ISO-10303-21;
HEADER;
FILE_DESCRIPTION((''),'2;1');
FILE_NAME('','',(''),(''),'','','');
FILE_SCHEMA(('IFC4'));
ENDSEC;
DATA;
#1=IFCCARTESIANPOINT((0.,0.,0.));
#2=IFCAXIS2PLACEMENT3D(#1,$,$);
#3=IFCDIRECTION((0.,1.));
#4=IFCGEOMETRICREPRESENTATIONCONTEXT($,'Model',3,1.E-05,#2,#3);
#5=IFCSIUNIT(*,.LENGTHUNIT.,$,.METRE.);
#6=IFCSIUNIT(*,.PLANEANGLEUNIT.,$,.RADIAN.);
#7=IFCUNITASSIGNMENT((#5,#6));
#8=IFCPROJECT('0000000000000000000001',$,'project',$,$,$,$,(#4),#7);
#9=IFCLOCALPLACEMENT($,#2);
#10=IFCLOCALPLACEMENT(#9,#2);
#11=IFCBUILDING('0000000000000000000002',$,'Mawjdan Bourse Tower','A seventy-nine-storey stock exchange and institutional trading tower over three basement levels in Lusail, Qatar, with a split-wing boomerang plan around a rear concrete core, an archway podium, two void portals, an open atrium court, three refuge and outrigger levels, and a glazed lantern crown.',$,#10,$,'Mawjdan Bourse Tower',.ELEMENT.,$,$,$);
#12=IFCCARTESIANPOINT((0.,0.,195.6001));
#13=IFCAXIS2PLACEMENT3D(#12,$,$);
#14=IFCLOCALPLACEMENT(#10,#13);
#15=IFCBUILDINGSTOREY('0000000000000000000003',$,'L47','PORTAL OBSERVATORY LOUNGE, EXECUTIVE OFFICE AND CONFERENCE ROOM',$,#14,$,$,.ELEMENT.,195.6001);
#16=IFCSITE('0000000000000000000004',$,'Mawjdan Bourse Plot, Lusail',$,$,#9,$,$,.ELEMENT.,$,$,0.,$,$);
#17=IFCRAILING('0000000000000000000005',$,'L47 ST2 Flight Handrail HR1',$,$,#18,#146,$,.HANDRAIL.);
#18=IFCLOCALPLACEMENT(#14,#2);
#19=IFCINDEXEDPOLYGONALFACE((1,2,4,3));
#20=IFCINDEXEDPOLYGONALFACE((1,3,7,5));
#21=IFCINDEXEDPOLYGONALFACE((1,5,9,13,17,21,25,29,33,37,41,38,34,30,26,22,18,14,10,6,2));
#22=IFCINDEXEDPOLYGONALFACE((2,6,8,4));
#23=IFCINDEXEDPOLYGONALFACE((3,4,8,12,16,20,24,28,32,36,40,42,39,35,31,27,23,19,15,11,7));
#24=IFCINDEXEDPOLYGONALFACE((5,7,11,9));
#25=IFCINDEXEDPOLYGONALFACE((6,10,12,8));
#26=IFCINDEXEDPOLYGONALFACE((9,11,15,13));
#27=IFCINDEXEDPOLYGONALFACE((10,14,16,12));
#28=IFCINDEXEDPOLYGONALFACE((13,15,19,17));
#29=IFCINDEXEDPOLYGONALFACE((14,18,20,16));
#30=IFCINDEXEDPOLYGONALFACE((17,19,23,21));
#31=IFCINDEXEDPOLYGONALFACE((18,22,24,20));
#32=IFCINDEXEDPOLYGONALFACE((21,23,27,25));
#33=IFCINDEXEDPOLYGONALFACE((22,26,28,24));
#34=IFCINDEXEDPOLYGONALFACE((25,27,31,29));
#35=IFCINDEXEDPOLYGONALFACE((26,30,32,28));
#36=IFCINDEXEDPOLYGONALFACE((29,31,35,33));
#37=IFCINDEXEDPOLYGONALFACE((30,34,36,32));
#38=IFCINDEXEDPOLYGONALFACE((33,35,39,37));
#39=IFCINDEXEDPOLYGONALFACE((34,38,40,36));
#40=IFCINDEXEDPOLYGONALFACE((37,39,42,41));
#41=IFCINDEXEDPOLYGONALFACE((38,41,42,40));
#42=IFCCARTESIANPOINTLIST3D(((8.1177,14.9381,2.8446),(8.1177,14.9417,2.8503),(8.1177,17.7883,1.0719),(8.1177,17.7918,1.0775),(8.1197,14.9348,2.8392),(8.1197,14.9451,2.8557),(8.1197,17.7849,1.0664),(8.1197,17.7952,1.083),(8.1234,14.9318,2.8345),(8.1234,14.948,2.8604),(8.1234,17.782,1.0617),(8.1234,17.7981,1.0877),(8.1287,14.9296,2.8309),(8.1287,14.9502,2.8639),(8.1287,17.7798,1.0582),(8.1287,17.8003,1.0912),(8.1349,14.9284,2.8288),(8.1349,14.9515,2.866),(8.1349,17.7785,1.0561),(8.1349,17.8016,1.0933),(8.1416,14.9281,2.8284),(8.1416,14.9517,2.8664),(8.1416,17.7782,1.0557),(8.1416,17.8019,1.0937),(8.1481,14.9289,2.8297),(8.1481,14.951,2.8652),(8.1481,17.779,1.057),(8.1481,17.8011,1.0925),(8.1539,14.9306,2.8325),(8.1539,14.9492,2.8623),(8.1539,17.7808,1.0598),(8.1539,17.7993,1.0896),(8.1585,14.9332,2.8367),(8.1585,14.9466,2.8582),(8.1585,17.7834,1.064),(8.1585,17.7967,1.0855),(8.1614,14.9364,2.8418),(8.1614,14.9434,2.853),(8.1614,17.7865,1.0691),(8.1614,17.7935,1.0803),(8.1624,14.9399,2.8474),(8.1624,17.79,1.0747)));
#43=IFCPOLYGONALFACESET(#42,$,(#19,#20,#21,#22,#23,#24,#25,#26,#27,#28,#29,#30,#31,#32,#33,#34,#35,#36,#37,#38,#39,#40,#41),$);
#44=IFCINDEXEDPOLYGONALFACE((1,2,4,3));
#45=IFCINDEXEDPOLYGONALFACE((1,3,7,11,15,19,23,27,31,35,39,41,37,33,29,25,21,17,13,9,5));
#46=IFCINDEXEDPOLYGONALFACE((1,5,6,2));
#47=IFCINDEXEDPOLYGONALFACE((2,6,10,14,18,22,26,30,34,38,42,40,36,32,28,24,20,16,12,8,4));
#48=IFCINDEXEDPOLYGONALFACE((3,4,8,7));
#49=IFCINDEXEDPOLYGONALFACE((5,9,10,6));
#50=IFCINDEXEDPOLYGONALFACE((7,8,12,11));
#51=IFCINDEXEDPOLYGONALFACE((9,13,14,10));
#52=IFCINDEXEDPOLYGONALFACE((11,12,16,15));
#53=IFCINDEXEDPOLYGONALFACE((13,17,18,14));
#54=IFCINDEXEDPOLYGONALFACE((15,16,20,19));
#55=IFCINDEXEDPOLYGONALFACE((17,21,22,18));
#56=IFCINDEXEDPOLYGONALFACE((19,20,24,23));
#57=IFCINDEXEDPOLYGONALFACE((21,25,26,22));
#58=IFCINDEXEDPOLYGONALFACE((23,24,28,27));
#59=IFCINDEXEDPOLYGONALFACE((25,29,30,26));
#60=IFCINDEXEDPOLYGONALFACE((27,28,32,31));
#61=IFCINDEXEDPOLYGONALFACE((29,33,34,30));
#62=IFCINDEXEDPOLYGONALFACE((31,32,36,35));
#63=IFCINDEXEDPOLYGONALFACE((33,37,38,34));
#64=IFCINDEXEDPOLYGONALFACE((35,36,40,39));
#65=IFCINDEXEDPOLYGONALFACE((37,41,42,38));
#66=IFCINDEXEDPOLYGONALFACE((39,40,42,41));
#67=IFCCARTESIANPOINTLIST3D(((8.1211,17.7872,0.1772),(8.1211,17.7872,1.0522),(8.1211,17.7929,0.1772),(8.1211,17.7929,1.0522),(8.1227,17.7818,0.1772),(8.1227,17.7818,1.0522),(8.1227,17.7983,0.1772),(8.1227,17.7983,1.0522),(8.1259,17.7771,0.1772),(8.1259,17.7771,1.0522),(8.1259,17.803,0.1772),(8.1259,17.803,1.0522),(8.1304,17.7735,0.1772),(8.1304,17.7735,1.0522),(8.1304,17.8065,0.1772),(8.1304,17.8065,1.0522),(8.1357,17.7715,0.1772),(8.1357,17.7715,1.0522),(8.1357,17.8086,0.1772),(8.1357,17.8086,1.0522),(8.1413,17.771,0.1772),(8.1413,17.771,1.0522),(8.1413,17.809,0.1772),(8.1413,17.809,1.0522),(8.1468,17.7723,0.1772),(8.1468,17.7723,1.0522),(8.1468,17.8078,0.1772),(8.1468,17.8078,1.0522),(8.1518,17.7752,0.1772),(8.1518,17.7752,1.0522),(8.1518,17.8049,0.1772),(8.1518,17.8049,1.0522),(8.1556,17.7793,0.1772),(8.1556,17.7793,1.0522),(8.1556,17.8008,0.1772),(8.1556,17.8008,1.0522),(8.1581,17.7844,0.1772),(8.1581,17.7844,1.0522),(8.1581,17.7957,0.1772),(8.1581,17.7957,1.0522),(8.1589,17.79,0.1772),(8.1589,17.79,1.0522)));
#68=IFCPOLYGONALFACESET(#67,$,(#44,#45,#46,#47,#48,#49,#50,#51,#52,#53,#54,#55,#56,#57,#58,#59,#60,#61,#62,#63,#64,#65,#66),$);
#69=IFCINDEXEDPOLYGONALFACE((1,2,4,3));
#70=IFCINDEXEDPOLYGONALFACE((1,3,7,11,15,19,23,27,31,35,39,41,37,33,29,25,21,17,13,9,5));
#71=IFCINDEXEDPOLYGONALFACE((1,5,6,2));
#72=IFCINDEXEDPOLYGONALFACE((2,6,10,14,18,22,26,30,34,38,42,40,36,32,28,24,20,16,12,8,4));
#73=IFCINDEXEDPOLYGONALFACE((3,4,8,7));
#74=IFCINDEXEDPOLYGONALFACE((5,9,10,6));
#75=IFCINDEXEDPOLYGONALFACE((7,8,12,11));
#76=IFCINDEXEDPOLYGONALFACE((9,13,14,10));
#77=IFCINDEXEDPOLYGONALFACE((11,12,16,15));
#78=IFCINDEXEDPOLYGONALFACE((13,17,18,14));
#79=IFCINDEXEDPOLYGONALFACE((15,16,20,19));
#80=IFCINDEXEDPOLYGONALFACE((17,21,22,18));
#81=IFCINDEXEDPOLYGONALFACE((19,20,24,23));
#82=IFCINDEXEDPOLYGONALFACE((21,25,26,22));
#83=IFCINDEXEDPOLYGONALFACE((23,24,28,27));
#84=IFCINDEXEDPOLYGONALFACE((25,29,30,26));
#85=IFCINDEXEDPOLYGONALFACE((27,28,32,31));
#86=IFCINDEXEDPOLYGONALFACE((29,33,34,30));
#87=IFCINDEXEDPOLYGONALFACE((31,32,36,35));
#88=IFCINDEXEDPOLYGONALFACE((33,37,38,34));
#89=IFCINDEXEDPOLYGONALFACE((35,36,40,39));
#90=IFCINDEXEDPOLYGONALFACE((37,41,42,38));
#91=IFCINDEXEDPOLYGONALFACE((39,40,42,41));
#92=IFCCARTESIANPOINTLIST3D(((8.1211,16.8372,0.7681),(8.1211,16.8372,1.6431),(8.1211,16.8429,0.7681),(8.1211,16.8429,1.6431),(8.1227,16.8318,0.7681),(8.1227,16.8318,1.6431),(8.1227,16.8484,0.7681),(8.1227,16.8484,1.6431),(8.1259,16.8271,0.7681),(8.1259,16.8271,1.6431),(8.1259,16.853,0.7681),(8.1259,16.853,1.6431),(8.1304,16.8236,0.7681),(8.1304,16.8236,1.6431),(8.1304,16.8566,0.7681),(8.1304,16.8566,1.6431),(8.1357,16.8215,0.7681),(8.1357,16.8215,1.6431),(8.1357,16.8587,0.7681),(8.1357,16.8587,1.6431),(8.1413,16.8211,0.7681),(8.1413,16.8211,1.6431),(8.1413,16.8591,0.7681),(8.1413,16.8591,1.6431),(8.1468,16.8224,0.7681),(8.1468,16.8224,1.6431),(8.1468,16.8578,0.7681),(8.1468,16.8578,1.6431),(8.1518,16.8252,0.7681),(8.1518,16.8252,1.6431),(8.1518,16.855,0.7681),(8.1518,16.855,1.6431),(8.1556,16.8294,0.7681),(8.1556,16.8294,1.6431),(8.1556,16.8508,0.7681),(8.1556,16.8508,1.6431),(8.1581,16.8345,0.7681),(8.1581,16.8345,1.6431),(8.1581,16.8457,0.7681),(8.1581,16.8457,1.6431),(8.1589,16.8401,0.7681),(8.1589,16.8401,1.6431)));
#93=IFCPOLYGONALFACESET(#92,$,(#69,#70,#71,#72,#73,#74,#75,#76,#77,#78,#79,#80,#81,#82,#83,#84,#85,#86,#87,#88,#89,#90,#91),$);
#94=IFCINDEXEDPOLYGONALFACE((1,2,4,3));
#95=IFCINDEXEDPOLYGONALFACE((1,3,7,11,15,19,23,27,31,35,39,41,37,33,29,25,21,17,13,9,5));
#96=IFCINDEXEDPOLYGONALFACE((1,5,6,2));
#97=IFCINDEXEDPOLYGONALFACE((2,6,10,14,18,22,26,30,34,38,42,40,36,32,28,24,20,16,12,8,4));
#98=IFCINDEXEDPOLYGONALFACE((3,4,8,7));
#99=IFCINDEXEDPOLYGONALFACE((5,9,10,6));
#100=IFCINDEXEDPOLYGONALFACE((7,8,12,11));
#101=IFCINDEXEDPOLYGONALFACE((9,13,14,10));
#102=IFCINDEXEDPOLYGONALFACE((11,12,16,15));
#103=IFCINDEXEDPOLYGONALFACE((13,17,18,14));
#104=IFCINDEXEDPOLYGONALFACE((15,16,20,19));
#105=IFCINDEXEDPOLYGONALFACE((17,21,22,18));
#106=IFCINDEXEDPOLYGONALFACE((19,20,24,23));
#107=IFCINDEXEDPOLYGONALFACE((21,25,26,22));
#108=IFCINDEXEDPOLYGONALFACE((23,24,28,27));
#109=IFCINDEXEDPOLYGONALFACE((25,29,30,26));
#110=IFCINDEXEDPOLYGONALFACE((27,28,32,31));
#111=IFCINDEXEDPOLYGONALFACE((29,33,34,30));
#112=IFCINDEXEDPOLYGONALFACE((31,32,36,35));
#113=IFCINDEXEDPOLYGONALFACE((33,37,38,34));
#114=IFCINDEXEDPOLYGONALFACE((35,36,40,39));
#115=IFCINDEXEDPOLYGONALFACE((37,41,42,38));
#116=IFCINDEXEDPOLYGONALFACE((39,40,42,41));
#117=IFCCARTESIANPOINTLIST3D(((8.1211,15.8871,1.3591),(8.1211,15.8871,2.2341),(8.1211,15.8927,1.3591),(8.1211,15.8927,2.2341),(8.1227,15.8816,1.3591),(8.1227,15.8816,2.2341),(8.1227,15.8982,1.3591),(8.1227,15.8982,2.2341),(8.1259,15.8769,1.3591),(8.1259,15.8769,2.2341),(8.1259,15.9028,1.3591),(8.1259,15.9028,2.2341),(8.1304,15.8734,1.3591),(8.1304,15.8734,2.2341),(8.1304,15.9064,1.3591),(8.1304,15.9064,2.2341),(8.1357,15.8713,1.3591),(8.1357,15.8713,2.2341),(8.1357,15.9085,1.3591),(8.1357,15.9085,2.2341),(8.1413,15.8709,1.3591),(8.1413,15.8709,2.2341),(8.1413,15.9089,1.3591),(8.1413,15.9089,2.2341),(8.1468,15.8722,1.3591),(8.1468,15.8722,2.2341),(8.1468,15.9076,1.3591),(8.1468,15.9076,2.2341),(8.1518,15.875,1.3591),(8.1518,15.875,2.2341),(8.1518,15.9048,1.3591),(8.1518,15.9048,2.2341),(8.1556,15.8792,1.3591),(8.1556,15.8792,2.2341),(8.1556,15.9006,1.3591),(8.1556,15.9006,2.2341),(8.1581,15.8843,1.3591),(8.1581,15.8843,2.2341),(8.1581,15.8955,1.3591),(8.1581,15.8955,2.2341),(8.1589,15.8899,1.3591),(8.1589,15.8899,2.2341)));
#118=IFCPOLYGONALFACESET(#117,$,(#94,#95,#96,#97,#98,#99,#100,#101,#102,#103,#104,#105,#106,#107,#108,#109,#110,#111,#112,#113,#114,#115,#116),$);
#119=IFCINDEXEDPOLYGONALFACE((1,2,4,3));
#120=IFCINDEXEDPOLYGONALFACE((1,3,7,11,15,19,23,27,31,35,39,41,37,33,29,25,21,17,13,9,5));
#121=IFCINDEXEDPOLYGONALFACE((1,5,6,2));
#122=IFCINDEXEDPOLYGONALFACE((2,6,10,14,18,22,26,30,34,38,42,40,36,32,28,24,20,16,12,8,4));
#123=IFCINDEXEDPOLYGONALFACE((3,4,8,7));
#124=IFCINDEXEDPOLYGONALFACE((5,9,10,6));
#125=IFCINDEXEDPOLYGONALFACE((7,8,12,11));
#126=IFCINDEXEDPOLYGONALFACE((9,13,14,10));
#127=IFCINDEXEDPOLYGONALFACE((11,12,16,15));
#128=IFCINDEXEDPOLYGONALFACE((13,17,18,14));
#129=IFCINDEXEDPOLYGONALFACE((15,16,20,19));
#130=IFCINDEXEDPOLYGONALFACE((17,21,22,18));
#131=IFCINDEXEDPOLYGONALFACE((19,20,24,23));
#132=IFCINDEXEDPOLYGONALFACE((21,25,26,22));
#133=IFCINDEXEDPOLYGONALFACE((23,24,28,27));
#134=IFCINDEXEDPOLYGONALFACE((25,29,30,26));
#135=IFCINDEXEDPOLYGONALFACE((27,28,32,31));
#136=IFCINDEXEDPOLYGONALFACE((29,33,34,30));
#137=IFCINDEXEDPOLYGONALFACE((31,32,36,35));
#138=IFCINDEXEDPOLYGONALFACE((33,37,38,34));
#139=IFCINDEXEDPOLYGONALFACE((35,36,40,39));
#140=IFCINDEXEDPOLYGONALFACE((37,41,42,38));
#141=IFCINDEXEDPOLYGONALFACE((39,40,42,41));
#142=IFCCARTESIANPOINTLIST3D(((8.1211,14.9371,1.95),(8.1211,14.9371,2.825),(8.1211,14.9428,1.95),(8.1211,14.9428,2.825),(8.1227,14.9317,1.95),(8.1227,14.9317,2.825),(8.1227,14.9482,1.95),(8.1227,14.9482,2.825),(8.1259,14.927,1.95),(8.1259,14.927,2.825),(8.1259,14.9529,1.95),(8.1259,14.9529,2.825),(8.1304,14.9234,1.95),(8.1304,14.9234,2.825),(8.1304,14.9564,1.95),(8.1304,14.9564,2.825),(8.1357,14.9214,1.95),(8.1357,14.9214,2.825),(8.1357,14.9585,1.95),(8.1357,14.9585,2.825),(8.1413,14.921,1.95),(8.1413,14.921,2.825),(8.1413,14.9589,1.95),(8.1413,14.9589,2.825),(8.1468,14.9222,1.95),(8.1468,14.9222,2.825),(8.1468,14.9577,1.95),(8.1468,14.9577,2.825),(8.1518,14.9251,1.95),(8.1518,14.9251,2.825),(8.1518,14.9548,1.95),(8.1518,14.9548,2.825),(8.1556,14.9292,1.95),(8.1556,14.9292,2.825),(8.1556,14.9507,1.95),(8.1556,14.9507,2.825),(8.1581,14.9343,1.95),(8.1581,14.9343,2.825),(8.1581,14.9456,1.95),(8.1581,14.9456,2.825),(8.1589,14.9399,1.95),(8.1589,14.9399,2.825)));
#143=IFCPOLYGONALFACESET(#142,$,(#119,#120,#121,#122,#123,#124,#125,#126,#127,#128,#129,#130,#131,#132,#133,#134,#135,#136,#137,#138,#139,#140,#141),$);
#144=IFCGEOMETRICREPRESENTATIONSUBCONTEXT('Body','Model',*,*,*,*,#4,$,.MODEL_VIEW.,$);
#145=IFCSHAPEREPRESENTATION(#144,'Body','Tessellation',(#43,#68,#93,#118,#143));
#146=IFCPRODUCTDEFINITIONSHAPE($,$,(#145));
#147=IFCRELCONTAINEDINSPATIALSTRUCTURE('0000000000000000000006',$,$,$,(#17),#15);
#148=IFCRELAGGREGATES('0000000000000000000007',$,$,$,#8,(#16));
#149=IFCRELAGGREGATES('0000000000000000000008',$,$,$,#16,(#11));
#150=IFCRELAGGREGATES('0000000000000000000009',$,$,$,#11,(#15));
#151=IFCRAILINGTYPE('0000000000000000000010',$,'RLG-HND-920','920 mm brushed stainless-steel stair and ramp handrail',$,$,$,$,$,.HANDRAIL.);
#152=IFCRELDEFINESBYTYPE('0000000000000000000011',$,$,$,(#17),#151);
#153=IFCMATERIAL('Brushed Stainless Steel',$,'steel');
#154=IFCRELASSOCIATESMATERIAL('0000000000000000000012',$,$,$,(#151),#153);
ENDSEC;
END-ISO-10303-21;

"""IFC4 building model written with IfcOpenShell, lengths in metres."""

from ifc_helpers import new_model, si_unit, direction, frame, origin, origin_2d, place, context, subcontext, project, spatial, circle, extrude, material, type_object, element, save


model = new_model("IFC4")

# Units and contexts
model_context = context("Model", 3, precision=1e-05, world=origin(), true_north=direction((0.0, 1.0)))
body_context = subcontext(model_context, "Body", "Model", "MODEL_VIEW")
ifc_project = project(units=[si_unit("LENGTHUNIT", "METRE"), si_unit("PLANEANGLEUNIT", "RADIAN")], contexts=[model_context])

# Site, building, storey
site_placement = place(None, origin())
site = spatial("IfcSite", under=ifc_project, at=site_placement, Name="Mawjdan Bourse Plot, Lusail", CompositionType="ELEMENT", RefElevation=0.0)
building_placement = place(site_placement, origin())
building = spatial("IfcBuilding", under=site, at=building_placement, Name="Mawjdan Bourse Tower", Description="A seventy-nine-storey stock exchange and institutional trading tower over three basement levels in Lusail, Qatar, with a split-wing boomerang plan around a rear concrete core, an archway podium, two void portals, an open atrium court, three refuge and outrigger levels, and a glazed lantern crown.", LongName="Mawjdan Bourse Tower", CompositionType="ELEMENT")
storey_placement = place(building_placement, frame((0.0, 0.0, 195.6001)))
storey = spatial("IfcBuildingStorey", under=building, at=storey_placement, Name="L47", Description="PORTAL OBSERVATORY LOUNGE, EXECUTIVE OFFICE AND CONFERENCE ROOM", CompositionType="ELEMENT", Elevation=195.6001)

# Railing
ifc_material_1 = material(Name="Brushed Stainless Steel", Category="steel")
railing_type_1 = type_object("IfcRailingType", Name="RLG-HND-920", Description="920 mm brushed stainless-steel stair and ramp handrail", PredefinedType="HANDRAIL", material=ifc_material_1)
railing_1_placement = place(storey_placement, frame((8.1399, 17.79, 0.1772)))
element("IfcRailing", 1, at=railing_1_placement, inside=storey, type_object=railing_type_1, Name="L47 ST2 Flight Handrail HR1", PredefinedType="HANDRAIL", context=body_context, shape_type="SweptSolid", body=[
    extrude(circle(Radius=0.0225, at=origin_2d()), frame((0.0, 0.0, 0.8975), z_axis=(0.0, -0.849149, 0.528154), x_axis=(1.0, 0.0, 0.0)), (0.0, 0.0, 1.0), 3.3564),
    extrude(circle(Radius=0.019, at=origin_2d()), origin(), (0.0, 0.0, 1.0), 0.875),
    extrude(circle(Radius=0.019, at=origin_2d()), frame((0.0, -0.95, 0.5908)), (0.0, 0.0, 1.0), 0.875),
    extrude(circle(Radius=0.019, at=origin_2d()), frame((0.0, -1.9001, 1.1819)), (0.0, 0.0, 1.0), 0.875),
    extrude(circle(Radius=0.019, at=origin_2d()), frame((0.0, -2.8501, 1.7727)), (0.0, 0.0, 1.0), 0.875),
])

save(model, "model.ifc")
